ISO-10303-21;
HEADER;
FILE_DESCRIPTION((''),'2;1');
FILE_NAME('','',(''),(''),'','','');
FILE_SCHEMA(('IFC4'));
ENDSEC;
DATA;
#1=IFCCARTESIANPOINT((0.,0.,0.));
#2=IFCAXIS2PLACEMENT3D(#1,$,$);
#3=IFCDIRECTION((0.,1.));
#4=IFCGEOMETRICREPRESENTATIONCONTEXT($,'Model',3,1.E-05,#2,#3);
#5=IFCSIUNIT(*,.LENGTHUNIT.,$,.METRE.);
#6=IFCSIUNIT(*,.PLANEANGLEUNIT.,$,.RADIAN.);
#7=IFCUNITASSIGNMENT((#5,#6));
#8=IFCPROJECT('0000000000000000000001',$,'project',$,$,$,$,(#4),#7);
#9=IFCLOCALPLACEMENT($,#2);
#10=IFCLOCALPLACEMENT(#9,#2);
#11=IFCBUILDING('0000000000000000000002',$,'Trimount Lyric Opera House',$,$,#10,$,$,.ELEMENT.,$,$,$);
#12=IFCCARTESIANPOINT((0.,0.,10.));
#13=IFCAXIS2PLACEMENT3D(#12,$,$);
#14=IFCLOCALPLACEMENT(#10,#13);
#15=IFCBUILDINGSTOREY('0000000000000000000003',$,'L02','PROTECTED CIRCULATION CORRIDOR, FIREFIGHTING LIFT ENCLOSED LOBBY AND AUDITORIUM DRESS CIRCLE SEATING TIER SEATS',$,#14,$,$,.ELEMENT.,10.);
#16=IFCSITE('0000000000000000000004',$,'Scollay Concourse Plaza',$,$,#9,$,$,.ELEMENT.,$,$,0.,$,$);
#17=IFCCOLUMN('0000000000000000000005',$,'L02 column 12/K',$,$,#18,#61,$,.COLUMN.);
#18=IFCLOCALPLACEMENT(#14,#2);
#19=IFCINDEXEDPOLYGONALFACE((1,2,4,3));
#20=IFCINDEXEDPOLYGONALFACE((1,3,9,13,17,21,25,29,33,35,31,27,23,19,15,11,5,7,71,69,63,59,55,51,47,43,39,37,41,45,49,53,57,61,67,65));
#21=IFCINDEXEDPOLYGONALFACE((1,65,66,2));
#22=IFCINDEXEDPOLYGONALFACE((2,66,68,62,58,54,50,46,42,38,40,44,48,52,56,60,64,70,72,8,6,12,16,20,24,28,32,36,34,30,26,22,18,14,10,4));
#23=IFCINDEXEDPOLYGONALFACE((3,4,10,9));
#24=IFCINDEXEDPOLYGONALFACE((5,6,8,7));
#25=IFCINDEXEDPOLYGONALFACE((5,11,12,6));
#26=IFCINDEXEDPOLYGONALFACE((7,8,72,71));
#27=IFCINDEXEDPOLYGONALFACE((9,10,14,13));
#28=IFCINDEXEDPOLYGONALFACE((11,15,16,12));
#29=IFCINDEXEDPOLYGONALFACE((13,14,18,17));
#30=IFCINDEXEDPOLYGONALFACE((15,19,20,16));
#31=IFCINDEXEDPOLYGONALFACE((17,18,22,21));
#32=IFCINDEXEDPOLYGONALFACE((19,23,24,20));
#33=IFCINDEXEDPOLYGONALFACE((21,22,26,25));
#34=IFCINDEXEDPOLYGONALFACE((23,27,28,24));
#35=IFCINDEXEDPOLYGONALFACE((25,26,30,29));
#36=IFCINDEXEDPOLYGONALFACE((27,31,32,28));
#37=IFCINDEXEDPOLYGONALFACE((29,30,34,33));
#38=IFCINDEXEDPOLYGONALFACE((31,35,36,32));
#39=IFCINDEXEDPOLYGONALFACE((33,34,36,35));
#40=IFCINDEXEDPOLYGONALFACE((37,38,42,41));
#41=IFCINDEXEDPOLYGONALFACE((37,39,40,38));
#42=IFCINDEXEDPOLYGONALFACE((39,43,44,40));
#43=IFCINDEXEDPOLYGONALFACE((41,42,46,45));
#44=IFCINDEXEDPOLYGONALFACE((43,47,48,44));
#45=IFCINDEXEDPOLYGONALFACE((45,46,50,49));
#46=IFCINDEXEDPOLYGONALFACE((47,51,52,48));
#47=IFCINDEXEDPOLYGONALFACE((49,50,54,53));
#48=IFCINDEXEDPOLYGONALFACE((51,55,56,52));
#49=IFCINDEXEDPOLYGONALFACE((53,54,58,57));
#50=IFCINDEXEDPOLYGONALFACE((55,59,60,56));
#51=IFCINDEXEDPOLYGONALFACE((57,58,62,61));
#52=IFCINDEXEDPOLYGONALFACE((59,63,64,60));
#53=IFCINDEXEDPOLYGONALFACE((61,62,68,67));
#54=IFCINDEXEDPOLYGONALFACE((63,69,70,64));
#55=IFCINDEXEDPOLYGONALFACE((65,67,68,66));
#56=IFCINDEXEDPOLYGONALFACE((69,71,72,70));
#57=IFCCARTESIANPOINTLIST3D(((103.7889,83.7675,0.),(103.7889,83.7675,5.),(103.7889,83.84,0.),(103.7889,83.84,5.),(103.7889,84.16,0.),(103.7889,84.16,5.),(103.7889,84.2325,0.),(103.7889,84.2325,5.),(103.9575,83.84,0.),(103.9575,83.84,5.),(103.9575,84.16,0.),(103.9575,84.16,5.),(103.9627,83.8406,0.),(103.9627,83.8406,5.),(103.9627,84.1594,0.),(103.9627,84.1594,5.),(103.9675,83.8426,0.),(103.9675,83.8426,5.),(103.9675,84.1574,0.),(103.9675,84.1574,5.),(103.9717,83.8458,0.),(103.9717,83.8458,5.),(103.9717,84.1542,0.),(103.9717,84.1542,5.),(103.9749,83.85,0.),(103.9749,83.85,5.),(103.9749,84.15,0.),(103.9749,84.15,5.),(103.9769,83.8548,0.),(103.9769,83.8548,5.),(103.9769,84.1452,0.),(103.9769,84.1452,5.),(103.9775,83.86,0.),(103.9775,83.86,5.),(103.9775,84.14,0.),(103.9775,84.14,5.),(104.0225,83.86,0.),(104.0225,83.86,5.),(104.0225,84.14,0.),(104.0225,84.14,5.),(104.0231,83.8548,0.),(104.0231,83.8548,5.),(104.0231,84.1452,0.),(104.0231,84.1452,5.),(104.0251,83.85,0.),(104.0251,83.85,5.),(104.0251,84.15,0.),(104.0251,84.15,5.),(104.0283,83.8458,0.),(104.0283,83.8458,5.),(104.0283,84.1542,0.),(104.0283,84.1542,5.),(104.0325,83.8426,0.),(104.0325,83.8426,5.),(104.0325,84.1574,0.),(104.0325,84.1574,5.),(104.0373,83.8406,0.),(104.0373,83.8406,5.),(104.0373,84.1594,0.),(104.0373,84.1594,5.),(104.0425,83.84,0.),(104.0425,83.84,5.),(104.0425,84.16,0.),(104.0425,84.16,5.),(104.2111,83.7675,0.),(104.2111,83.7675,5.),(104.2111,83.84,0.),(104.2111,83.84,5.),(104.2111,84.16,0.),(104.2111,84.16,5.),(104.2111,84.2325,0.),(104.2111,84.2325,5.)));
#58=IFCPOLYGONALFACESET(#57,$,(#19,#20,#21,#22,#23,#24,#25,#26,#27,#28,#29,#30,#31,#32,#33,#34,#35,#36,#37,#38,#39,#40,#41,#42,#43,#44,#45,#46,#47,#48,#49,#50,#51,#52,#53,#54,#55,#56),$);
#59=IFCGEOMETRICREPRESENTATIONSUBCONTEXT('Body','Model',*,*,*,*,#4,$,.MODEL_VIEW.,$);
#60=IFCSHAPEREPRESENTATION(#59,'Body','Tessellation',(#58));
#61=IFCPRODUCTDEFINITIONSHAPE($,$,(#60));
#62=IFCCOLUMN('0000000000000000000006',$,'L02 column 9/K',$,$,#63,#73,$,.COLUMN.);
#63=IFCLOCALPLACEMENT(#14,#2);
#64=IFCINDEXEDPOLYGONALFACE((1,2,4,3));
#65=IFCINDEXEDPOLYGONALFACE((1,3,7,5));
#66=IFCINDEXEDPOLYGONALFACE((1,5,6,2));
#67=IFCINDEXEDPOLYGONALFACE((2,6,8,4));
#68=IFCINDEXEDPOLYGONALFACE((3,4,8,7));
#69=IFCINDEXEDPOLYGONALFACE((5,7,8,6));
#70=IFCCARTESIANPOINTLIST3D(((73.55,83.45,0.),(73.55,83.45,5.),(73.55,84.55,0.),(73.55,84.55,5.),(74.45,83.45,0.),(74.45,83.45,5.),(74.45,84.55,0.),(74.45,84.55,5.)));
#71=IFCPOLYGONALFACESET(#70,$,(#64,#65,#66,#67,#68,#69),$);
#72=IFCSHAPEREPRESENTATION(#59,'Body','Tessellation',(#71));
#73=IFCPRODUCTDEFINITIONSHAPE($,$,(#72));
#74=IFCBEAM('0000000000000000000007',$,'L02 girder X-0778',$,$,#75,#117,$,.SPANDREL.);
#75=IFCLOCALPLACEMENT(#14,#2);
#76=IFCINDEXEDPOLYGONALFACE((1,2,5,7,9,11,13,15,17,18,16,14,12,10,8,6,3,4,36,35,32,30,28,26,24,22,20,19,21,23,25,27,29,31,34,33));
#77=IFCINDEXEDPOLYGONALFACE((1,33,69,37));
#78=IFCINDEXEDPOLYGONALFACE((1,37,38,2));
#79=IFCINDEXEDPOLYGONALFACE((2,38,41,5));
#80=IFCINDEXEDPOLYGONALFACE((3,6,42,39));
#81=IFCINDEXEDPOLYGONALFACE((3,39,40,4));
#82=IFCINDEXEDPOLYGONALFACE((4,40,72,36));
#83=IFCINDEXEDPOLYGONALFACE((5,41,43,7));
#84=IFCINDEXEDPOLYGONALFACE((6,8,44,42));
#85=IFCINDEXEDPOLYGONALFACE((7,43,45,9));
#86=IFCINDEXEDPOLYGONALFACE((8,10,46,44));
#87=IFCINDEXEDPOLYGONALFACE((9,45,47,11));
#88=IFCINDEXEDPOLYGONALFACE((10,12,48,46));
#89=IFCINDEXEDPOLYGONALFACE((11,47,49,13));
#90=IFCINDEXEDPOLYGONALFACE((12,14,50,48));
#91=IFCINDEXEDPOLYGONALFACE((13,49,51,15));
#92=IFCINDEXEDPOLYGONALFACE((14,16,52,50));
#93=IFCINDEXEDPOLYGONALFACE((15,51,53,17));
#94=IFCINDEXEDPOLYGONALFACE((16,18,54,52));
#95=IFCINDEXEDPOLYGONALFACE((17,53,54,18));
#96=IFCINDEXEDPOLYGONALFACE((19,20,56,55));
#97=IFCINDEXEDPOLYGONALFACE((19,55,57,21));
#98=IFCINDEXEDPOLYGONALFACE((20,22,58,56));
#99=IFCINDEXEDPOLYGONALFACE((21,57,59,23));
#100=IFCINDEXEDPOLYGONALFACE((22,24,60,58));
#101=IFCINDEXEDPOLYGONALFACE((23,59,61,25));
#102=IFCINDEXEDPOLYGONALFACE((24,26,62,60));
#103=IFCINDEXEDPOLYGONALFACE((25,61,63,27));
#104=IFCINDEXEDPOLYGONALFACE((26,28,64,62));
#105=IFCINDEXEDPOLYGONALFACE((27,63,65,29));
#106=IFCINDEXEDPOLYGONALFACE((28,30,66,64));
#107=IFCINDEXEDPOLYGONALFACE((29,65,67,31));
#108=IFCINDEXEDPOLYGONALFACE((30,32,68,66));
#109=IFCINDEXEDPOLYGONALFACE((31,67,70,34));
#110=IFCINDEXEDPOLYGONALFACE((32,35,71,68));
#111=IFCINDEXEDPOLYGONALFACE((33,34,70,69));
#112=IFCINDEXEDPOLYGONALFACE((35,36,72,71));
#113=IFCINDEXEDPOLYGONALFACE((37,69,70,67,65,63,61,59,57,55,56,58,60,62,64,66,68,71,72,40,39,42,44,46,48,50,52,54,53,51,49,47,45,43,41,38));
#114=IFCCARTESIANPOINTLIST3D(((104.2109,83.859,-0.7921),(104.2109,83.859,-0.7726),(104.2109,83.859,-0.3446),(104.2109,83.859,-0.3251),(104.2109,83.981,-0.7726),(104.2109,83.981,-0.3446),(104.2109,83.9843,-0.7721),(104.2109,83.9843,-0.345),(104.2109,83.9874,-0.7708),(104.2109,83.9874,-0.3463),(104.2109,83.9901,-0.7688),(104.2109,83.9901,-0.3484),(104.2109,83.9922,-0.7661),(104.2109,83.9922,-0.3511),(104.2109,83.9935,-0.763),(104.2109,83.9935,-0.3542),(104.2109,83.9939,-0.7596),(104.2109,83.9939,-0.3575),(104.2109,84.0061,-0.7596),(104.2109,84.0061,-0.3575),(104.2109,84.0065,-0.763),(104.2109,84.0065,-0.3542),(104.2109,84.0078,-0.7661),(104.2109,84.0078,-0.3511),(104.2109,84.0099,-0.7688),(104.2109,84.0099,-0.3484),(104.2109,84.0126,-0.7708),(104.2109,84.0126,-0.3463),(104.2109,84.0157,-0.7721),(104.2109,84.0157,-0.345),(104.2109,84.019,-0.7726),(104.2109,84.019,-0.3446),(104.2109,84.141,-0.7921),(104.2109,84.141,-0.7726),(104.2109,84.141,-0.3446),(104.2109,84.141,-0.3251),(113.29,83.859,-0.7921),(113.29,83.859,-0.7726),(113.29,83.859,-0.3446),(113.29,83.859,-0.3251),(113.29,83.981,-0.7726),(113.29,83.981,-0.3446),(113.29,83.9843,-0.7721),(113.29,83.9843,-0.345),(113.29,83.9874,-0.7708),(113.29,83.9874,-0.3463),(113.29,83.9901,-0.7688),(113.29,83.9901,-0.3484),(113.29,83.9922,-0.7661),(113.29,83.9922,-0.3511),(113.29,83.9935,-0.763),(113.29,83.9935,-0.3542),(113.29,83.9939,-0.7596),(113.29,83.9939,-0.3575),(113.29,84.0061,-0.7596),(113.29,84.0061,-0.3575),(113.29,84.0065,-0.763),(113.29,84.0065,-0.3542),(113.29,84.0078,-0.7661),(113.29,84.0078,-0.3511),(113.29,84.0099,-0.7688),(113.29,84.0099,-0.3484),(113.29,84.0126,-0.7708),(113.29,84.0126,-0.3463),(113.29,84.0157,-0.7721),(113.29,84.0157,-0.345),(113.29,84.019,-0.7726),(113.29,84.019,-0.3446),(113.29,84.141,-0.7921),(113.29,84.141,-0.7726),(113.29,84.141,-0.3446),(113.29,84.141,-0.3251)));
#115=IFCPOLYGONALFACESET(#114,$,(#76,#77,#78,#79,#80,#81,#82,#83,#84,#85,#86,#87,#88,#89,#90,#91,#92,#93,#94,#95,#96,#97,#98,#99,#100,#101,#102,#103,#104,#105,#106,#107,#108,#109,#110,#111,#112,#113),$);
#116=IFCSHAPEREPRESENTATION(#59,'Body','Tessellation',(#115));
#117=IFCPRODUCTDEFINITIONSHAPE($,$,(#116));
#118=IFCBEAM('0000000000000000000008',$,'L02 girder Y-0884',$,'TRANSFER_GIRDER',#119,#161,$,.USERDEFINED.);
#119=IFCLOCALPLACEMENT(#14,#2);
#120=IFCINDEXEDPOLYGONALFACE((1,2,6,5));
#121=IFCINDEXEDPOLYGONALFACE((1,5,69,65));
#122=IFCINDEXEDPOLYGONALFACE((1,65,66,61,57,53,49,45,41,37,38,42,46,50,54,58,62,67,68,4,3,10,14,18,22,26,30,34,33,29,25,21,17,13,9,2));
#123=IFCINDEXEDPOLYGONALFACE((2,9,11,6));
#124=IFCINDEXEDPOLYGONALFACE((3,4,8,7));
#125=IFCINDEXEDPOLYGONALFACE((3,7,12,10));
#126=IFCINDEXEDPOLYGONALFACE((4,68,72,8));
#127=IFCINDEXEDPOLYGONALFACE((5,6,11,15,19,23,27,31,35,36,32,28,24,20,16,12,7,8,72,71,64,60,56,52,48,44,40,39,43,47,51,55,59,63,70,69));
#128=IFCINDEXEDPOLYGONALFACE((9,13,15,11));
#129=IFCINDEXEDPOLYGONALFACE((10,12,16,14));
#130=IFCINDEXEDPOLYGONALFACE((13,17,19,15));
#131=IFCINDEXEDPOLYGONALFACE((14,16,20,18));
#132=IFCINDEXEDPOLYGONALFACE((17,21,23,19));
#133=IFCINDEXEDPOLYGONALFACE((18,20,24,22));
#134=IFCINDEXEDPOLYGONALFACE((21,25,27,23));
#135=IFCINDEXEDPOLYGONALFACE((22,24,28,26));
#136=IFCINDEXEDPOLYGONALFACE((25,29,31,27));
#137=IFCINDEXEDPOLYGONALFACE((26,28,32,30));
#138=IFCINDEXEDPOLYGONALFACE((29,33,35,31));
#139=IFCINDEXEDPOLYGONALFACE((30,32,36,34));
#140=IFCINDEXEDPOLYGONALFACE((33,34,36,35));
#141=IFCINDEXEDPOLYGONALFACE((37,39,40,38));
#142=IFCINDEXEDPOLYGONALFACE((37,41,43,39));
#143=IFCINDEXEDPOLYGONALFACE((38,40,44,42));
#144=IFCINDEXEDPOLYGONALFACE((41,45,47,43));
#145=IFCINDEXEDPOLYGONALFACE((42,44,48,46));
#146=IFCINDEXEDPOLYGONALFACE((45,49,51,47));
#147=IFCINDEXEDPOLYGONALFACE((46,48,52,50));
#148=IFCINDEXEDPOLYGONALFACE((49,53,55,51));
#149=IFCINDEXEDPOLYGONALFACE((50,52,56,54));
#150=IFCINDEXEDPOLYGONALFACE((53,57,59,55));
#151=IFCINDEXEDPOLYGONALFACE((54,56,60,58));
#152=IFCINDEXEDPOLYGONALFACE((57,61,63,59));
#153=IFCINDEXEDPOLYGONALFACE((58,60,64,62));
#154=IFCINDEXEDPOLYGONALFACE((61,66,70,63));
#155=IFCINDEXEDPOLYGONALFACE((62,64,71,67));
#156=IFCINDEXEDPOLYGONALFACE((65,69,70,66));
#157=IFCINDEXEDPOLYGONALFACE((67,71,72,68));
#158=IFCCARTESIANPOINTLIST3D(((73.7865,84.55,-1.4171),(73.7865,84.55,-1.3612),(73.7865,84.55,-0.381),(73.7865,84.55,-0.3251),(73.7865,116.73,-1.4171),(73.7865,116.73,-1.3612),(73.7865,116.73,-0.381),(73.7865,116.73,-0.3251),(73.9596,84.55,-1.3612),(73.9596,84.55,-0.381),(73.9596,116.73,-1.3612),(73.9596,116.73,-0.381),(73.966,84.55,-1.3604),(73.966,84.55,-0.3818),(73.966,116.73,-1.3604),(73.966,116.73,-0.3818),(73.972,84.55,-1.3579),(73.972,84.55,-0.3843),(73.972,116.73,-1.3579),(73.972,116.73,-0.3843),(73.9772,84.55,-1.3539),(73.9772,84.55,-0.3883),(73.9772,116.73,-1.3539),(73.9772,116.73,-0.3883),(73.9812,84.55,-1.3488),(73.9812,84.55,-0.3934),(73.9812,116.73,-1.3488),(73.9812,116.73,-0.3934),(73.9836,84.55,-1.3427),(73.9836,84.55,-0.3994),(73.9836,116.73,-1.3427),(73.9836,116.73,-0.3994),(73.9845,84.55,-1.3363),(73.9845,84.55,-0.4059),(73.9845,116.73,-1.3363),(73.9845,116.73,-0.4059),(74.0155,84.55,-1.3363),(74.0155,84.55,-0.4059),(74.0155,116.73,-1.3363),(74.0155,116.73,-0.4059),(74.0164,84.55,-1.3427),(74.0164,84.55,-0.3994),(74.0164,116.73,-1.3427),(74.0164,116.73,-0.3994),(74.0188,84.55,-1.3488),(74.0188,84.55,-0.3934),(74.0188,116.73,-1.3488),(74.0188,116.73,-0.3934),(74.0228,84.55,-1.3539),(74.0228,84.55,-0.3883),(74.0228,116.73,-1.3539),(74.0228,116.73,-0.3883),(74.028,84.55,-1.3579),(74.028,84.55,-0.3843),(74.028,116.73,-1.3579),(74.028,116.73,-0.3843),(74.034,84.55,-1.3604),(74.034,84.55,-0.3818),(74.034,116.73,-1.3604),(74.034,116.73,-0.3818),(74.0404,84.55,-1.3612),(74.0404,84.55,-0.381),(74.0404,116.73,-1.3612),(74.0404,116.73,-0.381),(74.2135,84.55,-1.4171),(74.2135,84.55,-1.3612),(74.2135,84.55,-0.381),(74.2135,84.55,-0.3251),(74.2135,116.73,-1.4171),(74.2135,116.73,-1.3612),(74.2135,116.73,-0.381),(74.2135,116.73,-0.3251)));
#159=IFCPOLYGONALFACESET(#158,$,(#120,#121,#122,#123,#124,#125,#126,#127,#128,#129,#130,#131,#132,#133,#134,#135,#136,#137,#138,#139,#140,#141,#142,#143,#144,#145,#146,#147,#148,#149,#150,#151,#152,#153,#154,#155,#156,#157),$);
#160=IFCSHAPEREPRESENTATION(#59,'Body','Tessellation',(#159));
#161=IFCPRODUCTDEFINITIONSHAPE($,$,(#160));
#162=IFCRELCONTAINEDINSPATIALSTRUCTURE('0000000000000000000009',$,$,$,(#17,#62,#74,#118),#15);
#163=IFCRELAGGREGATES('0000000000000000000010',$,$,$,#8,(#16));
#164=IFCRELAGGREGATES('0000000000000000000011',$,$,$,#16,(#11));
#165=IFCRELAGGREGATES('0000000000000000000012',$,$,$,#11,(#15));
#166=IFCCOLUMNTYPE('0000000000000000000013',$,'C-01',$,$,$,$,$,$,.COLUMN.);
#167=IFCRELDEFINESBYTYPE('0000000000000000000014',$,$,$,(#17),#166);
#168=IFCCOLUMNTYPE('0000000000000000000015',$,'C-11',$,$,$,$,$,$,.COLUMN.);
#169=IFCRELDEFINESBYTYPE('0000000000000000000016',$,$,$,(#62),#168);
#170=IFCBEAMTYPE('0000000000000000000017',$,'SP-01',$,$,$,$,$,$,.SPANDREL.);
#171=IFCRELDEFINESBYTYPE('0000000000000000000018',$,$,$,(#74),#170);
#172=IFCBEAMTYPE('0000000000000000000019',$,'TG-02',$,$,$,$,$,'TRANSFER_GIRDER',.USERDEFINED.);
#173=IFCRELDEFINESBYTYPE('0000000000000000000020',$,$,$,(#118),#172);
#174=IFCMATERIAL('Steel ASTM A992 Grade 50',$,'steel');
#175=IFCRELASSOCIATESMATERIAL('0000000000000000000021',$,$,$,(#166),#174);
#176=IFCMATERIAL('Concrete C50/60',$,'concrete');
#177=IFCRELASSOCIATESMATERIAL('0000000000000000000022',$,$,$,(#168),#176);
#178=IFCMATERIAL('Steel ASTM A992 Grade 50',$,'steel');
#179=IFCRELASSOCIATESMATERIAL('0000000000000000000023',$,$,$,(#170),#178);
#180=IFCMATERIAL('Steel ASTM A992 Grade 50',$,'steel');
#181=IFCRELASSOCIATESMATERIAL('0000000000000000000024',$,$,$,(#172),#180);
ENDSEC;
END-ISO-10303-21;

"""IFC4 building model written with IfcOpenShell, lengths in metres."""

from ifc_helpers import new_model, si_unit, direction, frame, origin, origin_2d, place, context, subcontext, project, spatial, rectangle, i_section, extrude, material, material_profile, profile_set, type_object, element, save


model = new_model("IFC4")

# Units and contexts
model_context = context("Model", 3, precision=1e-05, world=origin(), true_north=direction((0.0, 1.0)))
body_context = subcontext(model_context, "Body", "Model", "MODEL_VIEW")
ifc_project = project(units=[si_unit("LENGTHUNIT", "METRE"), si_unit("PLANEANGLEUNIT", "RADIAN")], contexts=[model_context])

# Site, building, storey
site_placement = place(None, origin())
site = spatial("IfcSite", under=ifc_project, at=site_placement, Name="Scollay Concourse Plaza", CompositionType="ELEMENT", RefElevation=0.0)
building_placement = place(site_placement, origin())
building = spatial("IfcBuilding", under=site, at=building_placement, Name="Trimount Lyric Opera House", CompositionType="ELEMENT")
storey_placement = place(building_placement, frame((0.0, 0.0, 10.0)))
storey = spatial("IfcBuildingStorey", under=building, at=storey_placement, Name="L02", Description="PROTECTED CIRCULATION CORRIDOR, FIREFIGHTING LIFT ENCLOSED LOBBY AND AUDITORIUM DRESS CIRCLE SEATING TIER SEATS", CompositionType="ELEMENT", Elevation=10.0)

# Columns
ifc_material_1 = material(Name="Steel ASTM A992 Grade 50", Category="steel")
ifc_material_profile_1 = material_profile(ifc_material_1, i_section(OverallWidth=0.4221, OverallDepth=0.4651, WebThickness=0.0449, FlangeThickness=0.0725, FilletRadius=0.02, at=origin_2d()), Name="W14X398")
ifc_profile_set_1 = profile_set([ifc_material_profile_1], Name="Steel ASTM A992 Grade 50")
column_type_1 = type_object("IfcColumnType", Name="C-01", PredefinedType="COLUMN", material=ifc_profile_set_1)
column_1_placement = place(storey_placement, frame((104.0, 84.0, 0.0), z_axis=(0.0, 0.0, 1.0), x_axis=(1.0, 0.0, 0.0)))
element("IfcColumn", 1, at=column_1_placement, inside=storey, type_object=column_type_1, Name="L02 column 12/K", PredefinedType="COLUMN", context=body_context, shape_type="SweptSolid", body=[
    extrude(i_section(OverallWidth=0.4221, OverallDepth=0.4651, WebThickness=0.0449, FlangeThickness=0.0725, FilletRadius=0.02, at=origin_2d()), origin(), (0.0, 0.0, 1.0), 5.0),
])
ifc_material_2 = material(Name="Concrete C50/60", Category="concrete")
ifc_material_profile_2 = material_profile(ifc_material_2, rectangle(XDim=0.8999, YDim=1.1001, at=origin_2d()), Name="RC1100X900")
ifc_profile_set_2 = profile_set([ifc_material_profile_2], Name="Concrete C50/60")
column_type_2 = type_object("IfcColumnType", Name="C-11", PredefinedType="COLUMN", material=ifc_profile_set_2)
column_2_placement = place(storey_placement, frame((74.0, 84.0, 0.0), z_axis=(0.0, 0.0, 1.0), x_axis=(1.0, 0.0, 0.0)))
element("IfcColumn", 2, at=column_2_placement, inside=storey, type_object=column_type_2, Name="L02 column 9/K", PredefinedType="COLUMN", context=body_context, shape_type="SweptSolid", body=[
    extrude(rectangle(XDim=0.8999, YDim=1.1001, at=origin_2d()), origin(), (0.0, 0.0, 1.0), 5.0),
])

# Beams
ifc_material_3 = material(Name="Steel ASTM A992 Grade 50", Category="steel")
ifc_material_profile_3 = material_profile(ifc_material_3, i_section(OverallWidth=0.282, OverallDepth=0.467, WebThickness=0.0122, FlangeThickness=0.0195, FilletRadius=0.0129, at=origin_2d()), Name="W18X86")
ifc_profile_set_3 = profile_set([ifc_material_profile_3], Name="Steel ASTM A992 Grade 50")
beam_type_1 = type_object("IfcBeamType", Name="SP-01", PredefinedType="SPANDREL", material=ifc_profile_set_3)
beam_1_placement = place(storey_placement, frame((104.2109, 84.0, -0.5586), z_axis=(1.0, 0.0, 0.0), x_axis=(0.0, 1.0, 0.0)))
element("IfcBeam", 3, at=beam_1_placement, inside=storey, type_object=beam_type_1, Name="L02 girder X-0778", PredefinedType="SPANDREL", context=body_context, shape_type="SweptSolid", body=[
    extrude(i_section(OverallWidth=0.282, OverallDepth=0.467, WebThickness=0.0122, FlangeThickness=0.0195, FilletRadius=0.0129, at=origin_2d()), origin(), (0.0, 0.0, 1.0), 9.0791),
])
ifc_material_4 = material(Name="Steel ASTM A992 Grade 50", Category="steel")
ifc_material_profile_4 = material_profile(ifc_material_4, i_section(OverallWidth=0.427, OverallDepth=1.092, WebThickness=0.031, FlangeThickness=0.0559, FilletRadius=0.0249, at=origin_2d()), Name="W40X397")
ifc_profile_set_4 = profile_set([ifc_material_profile_4], Name="Steel ASTM A992 Grade 50")
beam_type_2 = type_object("IfcBeamType", Name="TG-02", ElementType="TRANSFER_GIRDER", PredefinedType="USERDEFINED", material=ifc_profile_set_4)
beam_2_placement = place(storey_placement, frame((74.0, 84.55, -0.8711), z_axis=(0.0, 1.0, 0.0), x_axis=(-1.0, 0.0, 0.0)))
element("IfcBeam", 4, at=beam_2_placement, inside=storey, type_object=beam_type_2, Name="L02 girder Y-0884", ObjectType="TRANSFER_GIRDER", PredefinedType="USERDEFINED", context=body_context, shape_type="SweptSolid", body=[
    extrude(i_section(OverallWidth=0.427, OverallDepth=1.092, WebThickness=0.031, FlangeThickness=0.0559, FilletRadius=0.0249, at=origin_2d()), origin(), (0.0, 0.0, 1.0), 32.1799),
])

save(model, "model.ifc")
